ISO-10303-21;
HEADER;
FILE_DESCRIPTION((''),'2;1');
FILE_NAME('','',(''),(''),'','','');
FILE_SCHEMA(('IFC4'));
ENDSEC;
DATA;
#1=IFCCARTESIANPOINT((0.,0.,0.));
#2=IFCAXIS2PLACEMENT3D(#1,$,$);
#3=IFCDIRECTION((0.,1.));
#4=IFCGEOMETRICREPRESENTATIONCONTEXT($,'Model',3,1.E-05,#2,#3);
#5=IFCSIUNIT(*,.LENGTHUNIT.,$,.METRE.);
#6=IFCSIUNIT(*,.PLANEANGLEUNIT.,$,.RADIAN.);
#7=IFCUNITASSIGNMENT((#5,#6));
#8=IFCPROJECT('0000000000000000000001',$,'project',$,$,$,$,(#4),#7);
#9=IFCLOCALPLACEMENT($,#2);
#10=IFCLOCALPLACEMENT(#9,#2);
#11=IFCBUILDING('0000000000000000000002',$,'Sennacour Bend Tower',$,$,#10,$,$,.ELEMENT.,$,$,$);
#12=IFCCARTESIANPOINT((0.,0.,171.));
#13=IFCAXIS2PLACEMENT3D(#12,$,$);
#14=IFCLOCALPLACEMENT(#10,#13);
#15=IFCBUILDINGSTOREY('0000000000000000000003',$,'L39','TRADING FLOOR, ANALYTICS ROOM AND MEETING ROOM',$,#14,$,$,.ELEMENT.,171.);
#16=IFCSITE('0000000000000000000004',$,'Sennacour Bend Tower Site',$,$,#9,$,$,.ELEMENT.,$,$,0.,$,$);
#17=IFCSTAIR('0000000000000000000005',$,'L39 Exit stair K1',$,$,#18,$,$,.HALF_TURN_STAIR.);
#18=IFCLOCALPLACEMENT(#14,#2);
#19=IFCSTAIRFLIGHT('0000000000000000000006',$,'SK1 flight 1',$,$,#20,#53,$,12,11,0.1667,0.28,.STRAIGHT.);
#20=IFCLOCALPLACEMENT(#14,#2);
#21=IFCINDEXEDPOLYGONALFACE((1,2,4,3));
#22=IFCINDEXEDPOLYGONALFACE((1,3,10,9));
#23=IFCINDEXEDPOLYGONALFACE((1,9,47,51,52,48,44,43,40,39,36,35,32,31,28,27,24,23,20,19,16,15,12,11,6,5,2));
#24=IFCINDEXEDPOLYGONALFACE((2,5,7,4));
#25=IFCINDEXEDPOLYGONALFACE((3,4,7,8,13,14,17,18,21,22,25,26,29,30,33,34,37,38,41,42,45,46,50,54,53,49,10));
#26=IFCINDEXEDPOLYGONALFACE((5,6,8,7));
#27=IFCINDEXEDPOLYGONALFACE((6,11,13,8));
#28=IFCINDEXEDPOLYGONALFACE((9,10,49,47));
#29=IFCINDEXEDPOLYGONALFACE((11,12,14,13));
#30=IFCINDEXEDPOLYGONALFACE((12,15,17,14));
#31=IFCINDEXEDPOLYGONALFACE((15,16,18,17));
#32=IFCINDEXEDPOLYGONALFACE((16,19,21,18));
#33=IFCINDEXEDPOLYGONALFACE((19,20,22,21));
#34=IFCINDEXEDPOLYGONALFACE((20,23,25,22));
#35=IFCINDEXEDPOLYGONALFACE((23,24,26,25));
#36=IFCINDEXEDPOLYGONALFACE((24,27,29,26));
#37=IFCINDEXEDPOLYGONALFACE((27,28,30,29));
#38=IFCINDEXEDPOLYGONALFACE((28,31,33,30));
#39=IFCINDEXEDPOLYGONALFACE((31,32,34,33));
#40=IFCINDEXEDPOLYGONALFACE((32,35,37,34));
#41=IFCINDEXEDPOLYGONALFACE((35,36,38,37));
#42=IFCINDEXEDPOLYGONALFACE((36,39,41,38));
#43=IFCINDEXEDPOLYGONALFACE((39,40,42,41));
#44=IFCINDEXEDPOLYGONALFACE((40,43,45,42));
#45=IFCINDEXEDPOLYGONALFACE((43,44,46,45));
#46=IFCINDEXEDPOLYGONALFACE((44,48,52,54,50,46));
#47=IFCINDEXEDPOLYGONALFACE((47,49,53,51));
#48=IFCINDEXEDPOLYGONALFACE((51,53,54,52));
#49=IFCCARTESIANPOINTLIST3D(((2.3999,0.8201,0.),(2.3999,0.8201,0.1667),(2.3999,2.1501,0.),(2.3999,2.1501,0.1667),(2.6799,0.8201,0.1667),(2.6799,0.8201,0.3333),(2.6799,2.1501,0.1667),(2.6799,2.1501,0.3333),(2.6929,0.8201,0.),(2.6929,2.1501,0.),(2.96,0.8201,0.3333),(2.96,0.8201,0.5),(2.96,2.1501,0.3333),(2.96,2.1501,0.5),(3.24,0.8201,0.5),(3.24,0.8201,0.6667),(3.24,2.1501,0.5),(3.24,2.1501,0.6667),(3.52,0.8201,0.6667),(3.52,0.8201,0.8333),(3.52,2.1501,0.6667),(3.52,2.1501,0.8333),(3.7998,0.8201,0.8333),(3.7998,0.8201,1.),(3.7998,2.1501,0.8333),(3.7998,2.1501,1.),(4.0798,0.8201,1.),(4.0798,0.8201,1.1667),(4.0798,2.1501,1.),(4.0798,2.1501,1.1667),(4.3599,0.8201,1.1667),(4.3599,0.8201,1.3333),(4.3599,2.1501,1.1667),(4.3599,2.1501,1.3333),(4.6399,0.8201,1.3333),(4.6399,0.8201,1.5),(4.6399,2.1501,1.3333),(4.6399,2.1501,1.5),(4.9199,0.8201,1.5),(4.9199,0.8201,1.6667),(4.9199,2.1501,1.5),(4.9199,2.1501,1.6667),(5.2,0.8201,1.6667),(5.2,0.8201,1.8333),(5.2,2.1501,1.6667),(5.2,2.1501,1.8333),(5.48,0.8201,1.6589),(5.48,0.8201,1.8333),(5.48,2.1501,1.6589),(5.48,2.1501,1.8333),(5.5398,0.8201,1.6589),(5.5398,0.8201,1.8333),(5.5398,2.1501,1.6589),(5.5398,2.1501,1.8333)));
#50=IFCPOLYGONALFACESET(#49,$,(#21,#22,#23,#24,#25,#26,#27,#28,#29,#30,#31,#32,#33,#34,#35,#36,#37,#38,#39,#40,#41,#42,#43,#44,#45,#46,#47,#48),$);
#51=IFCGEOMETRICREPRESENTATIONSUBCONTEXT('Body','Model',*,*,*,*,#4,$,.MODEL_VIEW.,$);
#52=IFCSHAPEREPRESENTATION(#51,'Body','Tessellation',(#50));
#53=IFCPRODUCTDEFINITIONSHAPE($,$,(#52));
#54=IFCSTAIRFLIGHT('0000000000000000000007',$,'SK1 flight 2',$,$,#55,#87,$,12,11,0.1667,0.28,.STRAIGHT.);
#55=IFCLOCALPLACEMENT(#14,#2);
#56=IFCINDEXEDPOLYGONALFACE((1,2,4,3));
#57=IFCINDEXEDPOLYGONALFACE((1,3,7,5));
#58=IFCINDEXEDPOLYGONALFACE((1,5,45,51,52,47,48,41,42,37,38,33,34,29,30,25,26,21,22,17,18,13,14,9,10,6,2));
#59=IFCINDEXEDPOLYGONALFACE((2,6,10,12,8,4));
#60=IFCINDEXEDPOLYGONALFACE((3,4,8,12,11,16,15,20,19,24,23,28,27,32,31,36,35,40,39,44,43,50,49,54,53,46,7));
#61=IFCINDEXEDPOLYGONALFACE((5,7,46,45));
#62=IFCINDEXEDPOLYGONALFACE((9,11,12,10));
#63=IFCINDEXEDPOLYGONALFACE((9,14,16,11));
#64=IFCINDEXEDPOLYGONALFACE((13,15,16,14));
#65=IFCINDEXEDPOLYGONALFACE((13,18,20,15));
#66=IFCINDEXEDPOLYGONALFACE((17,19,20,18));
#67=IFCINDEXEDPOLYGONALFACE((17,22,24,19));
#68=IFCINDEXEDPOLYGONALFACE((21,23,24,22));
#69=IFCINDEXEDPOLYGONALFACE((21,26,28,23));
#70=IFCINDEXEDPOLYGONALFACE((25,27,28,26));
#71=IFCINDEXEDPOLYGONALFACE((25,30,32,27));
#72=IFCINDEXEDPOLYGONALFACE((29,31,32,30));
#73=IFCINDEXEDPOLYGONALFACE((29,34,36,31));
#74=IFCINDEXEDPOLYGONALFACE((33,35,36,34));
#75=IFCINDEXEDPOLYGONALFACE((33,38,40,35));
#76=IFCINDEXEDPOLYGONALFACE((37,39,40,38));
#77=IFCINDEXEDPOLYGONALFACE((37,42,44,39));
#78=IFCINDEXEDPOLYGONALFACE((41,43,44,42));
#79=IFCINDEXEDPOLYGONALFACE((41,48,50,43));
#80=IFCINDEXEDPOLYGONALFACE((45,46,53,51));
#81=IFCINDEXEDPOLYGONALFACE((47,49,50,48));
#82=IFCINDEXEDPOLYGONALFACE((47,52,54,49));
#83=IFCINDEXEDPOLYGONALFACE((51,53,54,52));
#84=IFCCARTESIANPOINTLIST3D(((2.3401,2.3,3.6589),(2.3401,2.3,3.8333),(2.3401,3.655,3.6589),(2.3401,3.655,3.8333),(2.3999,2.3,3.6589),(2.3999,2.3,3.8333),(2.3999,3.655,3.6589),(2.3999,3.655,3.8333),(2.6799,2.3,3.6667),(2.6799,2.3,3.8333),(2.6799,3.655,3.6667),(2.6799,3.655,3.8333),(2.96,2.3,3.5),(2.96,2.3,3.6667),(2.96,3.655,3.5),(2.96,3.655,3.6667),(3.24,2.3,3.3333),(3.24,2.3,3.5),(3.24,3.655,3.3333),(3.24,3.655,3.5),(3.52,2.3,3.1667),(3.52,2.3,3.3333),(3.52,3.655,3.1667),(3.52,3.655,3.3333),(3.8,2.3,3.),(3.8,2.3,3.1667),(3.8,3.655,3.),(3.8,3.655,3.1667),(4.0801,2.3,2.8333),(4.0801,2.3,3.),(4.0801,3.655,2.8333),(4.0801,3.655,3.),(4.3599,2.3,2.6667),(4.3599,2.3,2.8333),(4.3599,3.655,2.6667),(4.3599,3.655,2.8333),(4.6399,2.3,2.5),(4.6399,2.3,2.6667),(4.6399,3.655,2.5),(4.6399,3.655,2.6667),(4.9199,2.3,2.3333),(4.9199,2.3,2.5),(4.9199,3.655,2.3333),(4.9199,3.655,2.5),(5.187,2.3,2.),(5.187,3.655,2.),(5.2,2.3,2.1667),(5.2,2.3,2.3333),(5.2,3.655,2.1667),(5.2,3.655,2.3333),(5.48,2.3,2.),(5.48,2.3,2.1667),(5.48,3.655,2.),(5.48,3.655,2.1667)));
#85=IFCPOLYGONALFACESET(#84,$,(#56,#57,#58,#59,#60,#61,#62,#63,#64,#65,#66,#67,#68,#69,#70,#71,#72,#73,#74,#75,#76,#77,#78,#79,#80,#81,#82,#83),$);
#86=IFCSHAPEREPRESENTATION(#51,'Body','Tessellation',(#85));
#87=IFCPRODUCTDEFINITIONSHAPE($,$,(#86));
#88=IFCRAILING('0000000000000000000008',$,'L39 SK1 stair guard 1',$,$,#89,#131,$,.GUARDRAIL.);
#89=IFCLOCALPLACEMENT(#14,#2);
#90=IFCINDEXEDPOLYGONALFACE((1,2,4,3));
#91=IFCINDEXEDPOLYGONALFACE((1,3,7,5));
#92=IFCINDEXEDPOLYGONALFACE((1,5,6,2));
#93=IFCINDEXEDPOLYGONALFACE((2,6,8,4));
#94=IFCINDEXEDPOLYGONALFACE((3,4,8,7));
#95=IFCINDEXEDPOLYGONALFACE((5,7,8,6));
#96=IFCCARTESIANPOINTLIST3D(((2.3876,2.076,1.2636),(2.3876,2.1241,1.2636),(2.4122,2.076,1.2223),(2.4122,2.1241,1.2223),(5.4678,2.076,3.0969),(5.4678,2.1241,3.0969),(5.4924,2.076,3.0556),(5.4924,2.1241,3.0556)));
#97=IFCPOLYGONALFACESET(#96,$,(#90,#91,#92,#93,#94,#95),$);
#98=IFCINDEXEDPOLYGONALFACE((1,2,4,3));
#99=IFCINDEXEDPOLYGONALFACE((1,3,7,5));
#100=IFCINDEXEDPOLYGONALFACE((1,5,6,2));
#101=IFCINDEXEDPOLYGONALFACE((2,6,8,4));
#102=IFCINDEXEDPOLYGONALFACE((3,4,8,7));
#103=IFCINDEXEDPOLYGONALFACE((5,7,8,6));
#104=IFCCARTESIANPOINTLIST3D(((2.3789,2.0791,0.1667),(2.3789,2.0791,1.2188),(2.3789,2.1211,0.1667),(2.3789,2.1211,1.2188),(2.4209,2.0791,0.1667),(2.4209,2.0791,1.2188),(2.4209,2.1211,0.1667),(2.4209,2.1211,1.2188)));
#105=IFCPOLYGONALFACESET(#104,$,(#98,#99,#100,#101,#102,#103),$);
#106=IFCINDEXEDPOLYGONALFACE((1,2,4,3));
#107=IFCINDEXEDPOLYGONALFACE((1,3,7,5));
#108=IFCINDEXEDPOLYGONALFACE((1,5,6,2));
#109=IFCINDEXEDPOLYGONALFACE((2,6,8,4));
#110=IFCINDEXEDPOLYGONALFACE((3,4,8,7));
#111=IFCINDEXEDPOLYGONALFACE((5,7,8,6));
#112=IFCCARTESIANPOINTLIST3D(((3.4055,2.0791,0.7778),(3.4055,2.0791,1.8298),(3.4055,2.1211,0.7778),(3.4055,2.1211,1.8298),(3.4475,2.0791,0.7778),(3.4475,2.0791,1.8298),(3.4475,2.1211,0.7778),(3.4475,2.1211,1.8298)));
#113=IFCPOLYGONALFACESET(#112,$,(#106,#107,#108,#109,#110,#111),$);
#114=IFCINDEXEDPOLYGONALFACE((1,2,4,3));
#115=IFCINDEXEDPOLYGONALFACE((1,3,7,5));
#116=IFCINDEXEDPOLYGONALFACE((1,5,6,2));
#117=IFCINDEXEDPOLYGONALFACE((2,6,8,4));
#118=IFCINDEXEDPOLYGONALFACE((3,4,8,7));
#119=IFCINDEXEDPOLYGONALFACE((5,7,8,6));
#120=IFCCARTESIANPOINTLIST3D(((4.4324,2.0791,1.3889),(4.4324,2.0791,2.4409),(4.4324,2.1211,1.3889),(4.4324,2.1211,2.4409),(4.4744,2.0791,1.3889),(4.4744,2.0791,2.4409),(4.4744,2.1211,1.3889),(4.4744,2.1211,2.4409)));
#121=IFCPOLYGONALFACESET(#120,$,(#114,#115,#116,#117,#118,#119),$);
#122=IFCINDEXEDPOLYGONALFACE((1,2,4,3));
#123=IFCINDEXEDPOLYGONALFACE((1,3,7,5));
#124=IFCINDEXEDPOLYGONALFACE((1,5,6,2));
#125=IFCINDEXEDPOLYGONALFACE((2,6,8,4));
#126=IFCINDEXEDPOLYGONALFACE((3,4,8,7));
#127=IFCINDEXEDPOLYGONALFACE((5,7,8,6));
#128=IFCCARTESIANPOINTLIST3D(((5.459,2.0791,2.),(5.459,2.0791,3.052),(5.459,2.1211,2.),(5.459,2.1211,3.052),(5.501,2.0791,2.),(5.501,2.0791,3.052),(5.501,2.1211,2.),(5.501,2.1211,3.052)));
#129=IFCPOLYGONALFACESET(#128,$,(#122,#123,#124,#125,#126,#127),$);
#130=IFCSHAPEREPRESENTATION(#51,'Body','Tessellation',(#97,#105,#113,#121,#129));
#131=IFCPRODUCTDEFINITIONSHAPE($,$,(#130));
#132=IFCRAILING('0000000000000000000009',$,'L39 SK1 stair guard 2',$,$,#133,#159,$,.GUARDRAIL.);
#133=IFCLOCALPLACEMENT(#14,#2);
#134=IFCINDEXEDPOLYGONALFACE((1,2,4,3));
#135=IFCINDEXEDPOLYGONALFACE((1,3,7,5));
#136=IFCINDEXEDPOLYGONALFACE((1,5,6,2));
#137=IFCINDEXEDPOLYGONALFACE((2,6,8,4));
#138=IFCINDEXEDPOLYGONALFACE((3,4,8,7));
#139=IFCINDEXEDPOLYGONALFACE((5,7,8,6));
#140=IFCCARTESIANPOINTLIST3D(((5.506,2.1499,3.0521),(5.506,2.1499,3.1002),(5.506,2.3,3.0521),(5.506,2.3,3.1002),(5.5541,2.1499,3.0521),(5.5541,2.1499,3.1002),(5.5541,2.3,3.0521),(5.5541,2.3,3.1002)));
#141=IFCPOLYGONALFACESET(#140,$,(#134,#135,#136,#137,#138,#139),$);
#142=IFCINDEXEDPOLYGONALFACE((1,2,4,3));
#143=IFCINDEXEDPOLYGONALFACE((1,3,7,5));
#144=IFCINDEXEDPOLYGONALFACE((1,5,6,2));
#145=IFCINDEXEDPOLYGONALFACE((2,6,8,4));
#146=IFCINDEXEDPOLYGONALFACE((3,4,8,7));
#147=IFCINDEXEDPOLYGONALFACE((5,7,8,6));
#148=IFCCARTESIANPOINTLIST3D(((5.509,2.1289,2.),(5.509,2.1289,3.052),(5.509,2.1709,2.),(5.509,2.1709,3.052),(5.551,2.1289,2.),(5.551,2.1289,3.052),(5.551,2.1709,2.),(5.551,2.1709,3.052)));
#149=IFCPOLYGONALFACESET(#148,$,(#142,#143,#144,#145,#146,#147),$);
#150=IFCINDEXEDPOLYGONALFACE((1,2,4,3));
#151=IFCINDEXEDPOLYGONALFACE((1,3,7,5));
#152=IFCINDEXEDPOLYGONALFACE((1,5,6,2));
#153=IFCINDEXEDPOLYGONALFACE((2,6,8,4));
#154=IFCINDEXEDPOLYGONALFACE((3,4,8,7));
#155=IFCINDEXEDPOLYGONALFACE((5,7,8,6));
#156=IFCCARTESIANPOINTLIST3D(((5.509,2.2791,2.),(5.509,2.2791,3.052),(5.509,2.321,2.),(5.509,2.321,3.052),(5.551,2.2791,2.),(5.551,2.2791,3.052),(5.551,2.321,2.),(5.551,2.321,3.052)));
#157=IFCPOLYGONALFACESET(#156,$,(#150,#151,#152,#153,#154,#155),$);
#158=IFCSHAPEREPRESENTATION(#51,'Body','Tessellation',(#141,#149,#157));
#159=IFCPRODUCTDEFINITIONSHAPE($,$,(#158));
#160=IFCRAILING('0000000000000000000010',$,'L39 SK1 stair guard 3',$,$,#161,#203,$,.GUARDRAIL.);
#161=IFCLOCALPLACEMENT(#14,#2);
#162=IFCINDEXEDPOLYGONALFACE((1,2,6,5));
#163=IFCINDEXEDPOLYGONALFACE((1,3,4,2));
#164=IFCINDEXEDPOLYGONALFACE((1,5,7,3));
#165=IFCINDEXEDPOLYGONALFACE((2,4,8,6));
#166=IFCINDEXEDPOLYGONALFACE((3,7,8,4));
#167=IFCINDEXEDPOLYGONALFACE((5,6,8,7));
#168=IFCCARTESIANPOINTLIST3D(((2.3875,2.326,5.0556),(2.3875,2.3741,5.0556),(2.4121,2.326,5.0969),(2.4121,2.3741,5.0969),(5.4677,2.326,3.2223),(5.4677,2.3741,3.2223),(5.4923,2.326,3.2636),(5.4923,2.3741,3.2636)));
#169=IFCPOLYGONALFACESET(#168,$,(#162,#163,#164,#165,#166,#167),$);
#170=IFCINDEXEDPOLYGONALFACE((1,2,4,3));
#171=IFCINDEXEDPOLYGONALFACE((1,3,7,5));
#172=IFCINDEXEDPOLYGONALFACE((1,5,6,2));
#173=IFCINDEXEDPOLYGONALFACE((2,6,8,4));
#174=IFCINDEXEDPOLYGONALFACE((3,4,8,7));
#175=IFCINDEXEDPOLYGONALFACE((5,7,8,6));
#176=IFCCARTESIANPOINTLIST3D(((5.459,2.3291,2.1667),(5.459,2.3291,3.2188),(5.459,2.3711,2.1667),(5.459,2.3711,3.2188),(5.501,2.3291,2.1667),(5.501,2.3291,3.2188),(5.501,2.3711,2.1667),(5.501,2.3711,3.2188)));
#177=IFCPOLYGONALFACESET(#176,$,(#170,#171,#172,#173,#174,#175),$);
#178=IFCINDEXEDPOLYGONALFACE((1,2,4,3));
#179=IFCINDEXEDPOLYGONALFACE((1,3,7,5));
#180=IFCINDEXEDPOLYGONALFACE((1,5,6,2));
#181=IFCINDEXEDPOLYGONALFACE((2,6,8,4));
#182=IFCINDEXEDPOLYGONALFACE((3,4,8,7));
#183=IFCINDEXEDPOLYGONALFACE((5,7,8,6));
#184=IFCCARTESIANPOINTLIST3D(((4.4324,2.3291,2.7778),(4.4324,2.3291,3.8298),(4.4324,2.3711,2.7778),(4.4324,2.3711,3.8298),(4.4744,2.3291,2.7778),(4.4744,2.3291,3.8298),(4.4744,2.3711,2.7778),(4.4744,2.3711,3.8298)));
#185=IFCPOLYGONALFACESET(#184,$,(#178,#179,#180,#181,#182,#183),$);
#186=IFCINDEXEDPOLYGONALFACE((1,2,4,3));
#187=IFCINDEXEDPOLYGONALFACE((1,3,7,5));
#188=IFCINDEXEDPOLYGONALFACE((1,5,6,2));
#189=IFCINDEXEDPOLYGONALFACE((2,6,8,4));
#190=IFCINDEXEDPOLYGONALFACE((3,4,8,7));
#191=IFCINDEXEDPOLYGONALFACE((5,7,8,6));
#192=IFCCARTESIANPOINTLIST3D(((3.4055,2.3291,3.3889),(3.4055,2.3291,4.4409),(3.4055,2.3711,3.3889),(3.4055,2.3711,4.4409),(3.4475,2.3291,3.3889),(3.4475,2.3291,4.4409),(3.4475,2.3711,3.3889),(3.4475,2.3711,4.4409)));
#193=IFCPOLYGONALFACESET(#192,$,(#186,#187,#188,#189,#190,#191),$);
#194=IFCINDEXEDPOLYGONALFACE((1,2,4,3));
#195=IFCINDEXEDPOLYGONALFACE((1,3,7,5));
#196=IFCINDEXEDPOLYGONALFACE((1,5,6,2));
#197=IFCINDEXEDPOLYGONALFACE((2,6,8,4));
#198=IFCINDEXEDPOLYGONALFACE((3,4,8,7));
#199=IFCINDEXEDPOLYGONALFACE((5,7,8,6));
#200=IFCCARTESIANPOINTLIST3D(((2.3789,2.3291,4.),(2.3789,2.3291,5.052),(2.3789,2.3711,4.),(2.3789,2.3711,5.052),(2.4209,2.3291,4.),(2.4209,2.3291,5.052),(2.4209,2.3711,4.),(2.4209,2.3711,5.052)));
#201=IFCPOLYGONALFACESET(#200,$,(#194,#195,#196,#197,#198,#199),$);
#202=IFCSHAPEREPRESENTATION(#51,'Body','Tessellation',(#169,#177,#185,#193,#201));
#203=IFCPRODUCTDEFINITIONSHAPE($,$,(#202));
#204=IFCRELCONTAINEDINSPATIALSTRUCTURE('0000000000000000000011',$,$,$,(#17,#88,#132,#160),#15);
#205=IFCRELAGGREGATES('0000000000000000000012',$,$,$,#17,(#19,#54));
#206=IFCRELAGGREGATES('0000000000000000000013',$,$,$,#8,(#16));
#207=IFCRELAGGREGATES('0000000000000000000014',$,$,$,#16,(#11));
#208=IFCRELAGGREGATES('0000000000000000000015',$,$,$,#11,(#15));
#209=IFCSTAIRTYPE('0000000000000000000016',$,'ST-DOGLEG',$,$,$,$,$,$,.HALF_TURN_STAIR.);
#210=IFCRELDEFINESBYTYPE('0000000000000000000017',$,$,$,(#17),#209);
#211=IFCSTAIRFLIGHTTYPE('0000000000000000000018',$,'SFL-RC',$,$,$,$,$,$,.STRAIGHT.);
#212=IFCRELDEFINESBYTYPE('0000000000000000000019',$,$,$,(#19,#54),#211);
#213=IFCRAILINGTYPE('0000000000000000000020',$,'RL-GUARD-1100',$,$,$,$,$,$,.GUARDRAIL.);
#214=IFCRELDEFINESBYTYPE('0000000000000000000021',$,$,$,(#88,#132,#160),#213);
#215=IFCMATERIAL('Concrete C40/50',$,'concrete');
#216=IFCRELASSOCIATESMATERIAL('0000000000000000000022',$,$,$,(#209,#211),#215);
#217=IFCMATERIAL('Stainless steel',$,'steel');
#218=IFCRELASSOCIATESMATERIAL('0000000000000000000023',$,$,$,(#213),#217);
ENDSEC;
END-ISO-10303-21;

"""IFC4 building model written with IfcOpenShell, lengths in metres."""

from ifc_helpers import new_model, si_unit, direction, frame, origin, origin_2d, place, context, subcontext, project, spatial, polyline, rectangle, outline, extrude, material, type_object, element, aggregate, save


model = new_model("IFC4")

# Units and contexts
model_context = context("Model", 3, precision=1e-05, world=origin(), true_north=direction((0.0, 1.0)))
body_context = subcontext(model_context, "Body", "Model", "MODEL_VIEW")
ifc_project = project(units=[si_unit("LENGTHUNIT", "METRE"), si_unit("PLANEANGLEUNIT", "RADIAN")], contexts=[model_context])

# Site, building, storey
site_placement = place(None, origin())
site = spatial("IfcSite", under=ifc_project, at=site_placement, Name="Sennacour Bend Tower Site", CompositionType="ELEMENT", RefElevation=0.0)
building_placement = place(site_placement, origin())
building = spatial("IfcBuilding", under=site, at=building_placement, Name="Sennacour Bend Tower", CompositionType="ELEMENT")
storey_placement = place(building_placement, frame((0.0, 0.0, 171.0)))
storey = spatial("IfcBuildingStorey", under=building, at=storey_placement, Name="L39", Description="TRADING FLOOR, ANALYTICS ROOM AND MEETING ROOM", CompositionType="ELEMENT", Elevation=171.0)

# Stair, stair flights
ifc_material_1 = material(Name="Concrete C40/50", Category="concrete")
stair_type = type_object("IfcStairType", Name="ST-DOGLEG", PredefinedType="HALF_TURN_STAIR", material=ifc_material_1)
stair_placement = place(storey_placement, origin())
stair = element("IfcStair", 1, at=stair_placement, inside=storey, type_object=stair_type, Name="L39 Exit stair K1", PredefinedType="HALF_TURN_STAIR")
stair_flight_type = type_object("IfcStairFlightType", Name="SFL-RC", PredefinedType="STRAIGHT", material=ifc_material_1)
stair_flight_1_placement = place(storey_placement, frame((2.3999, 1.4851, 0.0), z_axis=(0.0, 0.0, 1.0), x_axis=(1.0, 0.0, 0.0)))
stair_flight_1 = element("IfcStairFlight", 2, at=stair_flight_1_placement, type_object=stair_flight_type, Name="SK1 flight 1", NumberOfRisers=12, NumberOfTreads=11, PredefinedType="STRAIGHT", RiserHeight=0.1667, TreadLength=0.28, context=body_context, shape_type="SweptSolid", body=[
    extrude(outline(polyline([(0.0, 0.0), (0.0, 0.1667), (0.28, 0.1667), (0.28, 0.3333), (0.5601, 0.3333), (0.5601, 0.5), (0.8401, 0.5), (0.8401, 0.6667), (1.1201, 0.6667), (1.1201, 0.8333), (1.3999, 0.8333), (1.3999, 1.0), (1.6799, 1.0), (1.6799, 1.1667), (1.96, 1.1667), (1.96, 1.3333), (2.24, 1.3333), (2.24, 1.5), (2.52, 1.5), (2.52, 1.6667), (2.8, 1.6667), (2.8, 1.8333), (3.0801, 1.8333), (3.1399, 1.8333), (3.1399, 1.6589), (3.0801, 1.6589), (0.293, 0.0), (0.0, 0.0)])), frame((0.0, 0.665, 0.0), z_axis=(0.0, -1.0, 0.0), x_axis=(1.0, 0.0, 0.0)), (0.0, 0.0, 1.0), 1.3301),
])
stair_flight_2_placement = place(storey_placement, frame((5.48, 2.9775, 2.0), z_axis=(0.0, 0.0, 1.0), x_axis=(-1.0, 0.0, 0.0)))
stair_flight_2 = element("IfcStairFlight", 3, at=stair_flight_2_placement, type_object=stair_flight_type, Name="SK1 flight 2", NumberOfRisers=12, NumberOfTreads=11, PredefinedType="STRAIGHT", RiserHeight=0.1667, TreadLength=0.28, context=body_context, shape_type="SweptSolid", body=[
    extrude(outline(polyline([(0.0, 0.0), (0.0, 0.1667), (0.28, 0.1667), (0.28, 0.3333), (0.5601, 0.3333), (0.5601, 0.5), (0.8401, 0.5), (0.8401, 0.6667), (1.1201, 0.6667), (1.1201, 0.8333), (1.3999, 0.8333), (1.3999, 1.0), (1.6799, 1.0), (1.6799, 1.1667), (1.96, 1.1667), (1.96, 1.3333), (2.24, 1.3333), (2.24, 1.5), (2.52, 1.5), (2.52, 1.6667), (2.8, 1.6667), (2.8, 1.8333), (3.0801, 1.8333), (3.1399, 1.8333), (3.1399, 1.6589), (3.0801, 1.6589), (0.293, 0.0), (0.0, 0.0)])), frame((0.0, 0.6775, 0.0), z_axis=(0.0, -1.0, 0.0), x_axis=(1.0, 0.0, 0.0)), (0.0, 0.0, 1.0), 1.355),
])
aggregate(stair, [stair_flight_1, stair_flight_2])

# Railings
ifc_material_2 = material(Name="Stainless steel", Category="steel")
railing_type_1 = type_object("IfcRailingType", Name="RL-GUARD-1100", PredefinedType="GUARDRAIL", material=ifc_material_2)
railing_1_placement = place(storey_placement, frame((2.3999, 2.1001, 0.1667)))
element("IfcRailing", 4, at=railing_1_placement, inside=storey, type_object=railing_type_1, Name="L39 SK1 stair guard 1", PredefinedType="GUARDRAIL", context=body_context, shape_type="SweptSolid", body=[
    extrude(rectangle(XDim=0.0481, YDim=0.0481, at=origin_2d()), frame((0.0, 0.0, 1.0762), z_axis=(0.859309, 0.0, 0.511458), x_axis=(0.0, 1.0, 0.0)), (0.0, 0.0, 1.0), 3.5845),
    extrude(rectangle(XDim=0.042, YDim=0.042, at=origin_2d()), origin(), (0.0, 0.0, 1.0), 1.052),
    extrude(rectangle(XDim=0.042, YDim=0.042, at=origin_2d()), frame((1.0266, 0.0, 0.6111)), (0.0, 0.0, 1.0), 1.052),
    extrude(rectangle(XDim=0.042, YDim=0.042, at=origin_2d()), frame((2.0535, 0.0, 1.2222)), (0.0, 0.0, 1.0), 1.052),
    extrude(rectangle(XDim=0.042, YDim=0.042, at=origin_2d()), frame((3.0801, 0.0, 1.8333)), (0.0, 0.0, 1.0), 1.052),
])
railing_2_placement = place(storey_placement, frame((5.53, 2.1499, 2.0)))
element("IfcRailing", 5, at=railing_2_placement, inside=storey, type_object=railing_type_1, Name="L39 SK1 stair guard 2", PredefinedType="GUARDRAIL", context=body_context, shape_type="SweptSolid", body=[
    extrude(rectangle(XDim=0.0481, YDim=0.0481, at=origin_2d()), frame((0.0, 0.0, 1.0762), z_axis=(0.0, 1.0, 0.0), x_axis=(-1.0, 0.0, 0.0)), (0.0, 0.0, 1.0), 0.1501),
    extrude(rectangle(XDim=0.042, YDim=0.042, at=origin_2d()), origin(), (0.0, 0.0, 1.0), 1.052),
    extrude(rectangle(XDim=0.042, YDim=0.042, at=origin_2d()), frame((0.0, 0.1501, 0.0)), (0.0, 0.0, 1.0), 1.052),
])
railing_3_placement = place(storey_placement, frame((5.48, 2.3501, 2.1667)))
element("IfcRailing", 6, at=railing_3_placement, inside=storey, type_object=railing_type_1, Name="L39 SK1 stair guard 3", PredefinedType="GUARDRAIL", context=body_context, shape_type="SweptSolid", body=[
    extrude(rectangle(XDim=0.0481, YDim=0.0481, at=origin_2d()), frame((0.0, 0.0, 1.0762), z_axis=(-0.859309, 0.0, 0.511458), x_axis=(0.0, -1.0, 0.0)), (0.0, 0.0, 1.0), 3.5845),
    extrude(rectangle(XDim=0.042, YDim=0.042, at=origin_2d()), origin(), (0.0, 0.0, 1.0), 1.052),
    extrude(rectangle(XDim=0.042, YDim=0.042, at=origin_2d()), frame((-1.0266, 0.0, 0.6111)), (0.0, 0.0, 1.0), 1.052),
    extrude(rectangle(XDim=0.042, YDim=0.042, at=origin_2d()), frame((-2.0535, 0.0, 1.2222)), (0.0, 0.0, 1.0), 1.052),
    extrude(rectangle(XDim=0.042, YDim=0.042, at=origin_2d()), frame((-3.0801, 0.0, 1.8333)), (0.0, 0.0, 1.0), 1.052),
])

save(model, "model.ifc")
